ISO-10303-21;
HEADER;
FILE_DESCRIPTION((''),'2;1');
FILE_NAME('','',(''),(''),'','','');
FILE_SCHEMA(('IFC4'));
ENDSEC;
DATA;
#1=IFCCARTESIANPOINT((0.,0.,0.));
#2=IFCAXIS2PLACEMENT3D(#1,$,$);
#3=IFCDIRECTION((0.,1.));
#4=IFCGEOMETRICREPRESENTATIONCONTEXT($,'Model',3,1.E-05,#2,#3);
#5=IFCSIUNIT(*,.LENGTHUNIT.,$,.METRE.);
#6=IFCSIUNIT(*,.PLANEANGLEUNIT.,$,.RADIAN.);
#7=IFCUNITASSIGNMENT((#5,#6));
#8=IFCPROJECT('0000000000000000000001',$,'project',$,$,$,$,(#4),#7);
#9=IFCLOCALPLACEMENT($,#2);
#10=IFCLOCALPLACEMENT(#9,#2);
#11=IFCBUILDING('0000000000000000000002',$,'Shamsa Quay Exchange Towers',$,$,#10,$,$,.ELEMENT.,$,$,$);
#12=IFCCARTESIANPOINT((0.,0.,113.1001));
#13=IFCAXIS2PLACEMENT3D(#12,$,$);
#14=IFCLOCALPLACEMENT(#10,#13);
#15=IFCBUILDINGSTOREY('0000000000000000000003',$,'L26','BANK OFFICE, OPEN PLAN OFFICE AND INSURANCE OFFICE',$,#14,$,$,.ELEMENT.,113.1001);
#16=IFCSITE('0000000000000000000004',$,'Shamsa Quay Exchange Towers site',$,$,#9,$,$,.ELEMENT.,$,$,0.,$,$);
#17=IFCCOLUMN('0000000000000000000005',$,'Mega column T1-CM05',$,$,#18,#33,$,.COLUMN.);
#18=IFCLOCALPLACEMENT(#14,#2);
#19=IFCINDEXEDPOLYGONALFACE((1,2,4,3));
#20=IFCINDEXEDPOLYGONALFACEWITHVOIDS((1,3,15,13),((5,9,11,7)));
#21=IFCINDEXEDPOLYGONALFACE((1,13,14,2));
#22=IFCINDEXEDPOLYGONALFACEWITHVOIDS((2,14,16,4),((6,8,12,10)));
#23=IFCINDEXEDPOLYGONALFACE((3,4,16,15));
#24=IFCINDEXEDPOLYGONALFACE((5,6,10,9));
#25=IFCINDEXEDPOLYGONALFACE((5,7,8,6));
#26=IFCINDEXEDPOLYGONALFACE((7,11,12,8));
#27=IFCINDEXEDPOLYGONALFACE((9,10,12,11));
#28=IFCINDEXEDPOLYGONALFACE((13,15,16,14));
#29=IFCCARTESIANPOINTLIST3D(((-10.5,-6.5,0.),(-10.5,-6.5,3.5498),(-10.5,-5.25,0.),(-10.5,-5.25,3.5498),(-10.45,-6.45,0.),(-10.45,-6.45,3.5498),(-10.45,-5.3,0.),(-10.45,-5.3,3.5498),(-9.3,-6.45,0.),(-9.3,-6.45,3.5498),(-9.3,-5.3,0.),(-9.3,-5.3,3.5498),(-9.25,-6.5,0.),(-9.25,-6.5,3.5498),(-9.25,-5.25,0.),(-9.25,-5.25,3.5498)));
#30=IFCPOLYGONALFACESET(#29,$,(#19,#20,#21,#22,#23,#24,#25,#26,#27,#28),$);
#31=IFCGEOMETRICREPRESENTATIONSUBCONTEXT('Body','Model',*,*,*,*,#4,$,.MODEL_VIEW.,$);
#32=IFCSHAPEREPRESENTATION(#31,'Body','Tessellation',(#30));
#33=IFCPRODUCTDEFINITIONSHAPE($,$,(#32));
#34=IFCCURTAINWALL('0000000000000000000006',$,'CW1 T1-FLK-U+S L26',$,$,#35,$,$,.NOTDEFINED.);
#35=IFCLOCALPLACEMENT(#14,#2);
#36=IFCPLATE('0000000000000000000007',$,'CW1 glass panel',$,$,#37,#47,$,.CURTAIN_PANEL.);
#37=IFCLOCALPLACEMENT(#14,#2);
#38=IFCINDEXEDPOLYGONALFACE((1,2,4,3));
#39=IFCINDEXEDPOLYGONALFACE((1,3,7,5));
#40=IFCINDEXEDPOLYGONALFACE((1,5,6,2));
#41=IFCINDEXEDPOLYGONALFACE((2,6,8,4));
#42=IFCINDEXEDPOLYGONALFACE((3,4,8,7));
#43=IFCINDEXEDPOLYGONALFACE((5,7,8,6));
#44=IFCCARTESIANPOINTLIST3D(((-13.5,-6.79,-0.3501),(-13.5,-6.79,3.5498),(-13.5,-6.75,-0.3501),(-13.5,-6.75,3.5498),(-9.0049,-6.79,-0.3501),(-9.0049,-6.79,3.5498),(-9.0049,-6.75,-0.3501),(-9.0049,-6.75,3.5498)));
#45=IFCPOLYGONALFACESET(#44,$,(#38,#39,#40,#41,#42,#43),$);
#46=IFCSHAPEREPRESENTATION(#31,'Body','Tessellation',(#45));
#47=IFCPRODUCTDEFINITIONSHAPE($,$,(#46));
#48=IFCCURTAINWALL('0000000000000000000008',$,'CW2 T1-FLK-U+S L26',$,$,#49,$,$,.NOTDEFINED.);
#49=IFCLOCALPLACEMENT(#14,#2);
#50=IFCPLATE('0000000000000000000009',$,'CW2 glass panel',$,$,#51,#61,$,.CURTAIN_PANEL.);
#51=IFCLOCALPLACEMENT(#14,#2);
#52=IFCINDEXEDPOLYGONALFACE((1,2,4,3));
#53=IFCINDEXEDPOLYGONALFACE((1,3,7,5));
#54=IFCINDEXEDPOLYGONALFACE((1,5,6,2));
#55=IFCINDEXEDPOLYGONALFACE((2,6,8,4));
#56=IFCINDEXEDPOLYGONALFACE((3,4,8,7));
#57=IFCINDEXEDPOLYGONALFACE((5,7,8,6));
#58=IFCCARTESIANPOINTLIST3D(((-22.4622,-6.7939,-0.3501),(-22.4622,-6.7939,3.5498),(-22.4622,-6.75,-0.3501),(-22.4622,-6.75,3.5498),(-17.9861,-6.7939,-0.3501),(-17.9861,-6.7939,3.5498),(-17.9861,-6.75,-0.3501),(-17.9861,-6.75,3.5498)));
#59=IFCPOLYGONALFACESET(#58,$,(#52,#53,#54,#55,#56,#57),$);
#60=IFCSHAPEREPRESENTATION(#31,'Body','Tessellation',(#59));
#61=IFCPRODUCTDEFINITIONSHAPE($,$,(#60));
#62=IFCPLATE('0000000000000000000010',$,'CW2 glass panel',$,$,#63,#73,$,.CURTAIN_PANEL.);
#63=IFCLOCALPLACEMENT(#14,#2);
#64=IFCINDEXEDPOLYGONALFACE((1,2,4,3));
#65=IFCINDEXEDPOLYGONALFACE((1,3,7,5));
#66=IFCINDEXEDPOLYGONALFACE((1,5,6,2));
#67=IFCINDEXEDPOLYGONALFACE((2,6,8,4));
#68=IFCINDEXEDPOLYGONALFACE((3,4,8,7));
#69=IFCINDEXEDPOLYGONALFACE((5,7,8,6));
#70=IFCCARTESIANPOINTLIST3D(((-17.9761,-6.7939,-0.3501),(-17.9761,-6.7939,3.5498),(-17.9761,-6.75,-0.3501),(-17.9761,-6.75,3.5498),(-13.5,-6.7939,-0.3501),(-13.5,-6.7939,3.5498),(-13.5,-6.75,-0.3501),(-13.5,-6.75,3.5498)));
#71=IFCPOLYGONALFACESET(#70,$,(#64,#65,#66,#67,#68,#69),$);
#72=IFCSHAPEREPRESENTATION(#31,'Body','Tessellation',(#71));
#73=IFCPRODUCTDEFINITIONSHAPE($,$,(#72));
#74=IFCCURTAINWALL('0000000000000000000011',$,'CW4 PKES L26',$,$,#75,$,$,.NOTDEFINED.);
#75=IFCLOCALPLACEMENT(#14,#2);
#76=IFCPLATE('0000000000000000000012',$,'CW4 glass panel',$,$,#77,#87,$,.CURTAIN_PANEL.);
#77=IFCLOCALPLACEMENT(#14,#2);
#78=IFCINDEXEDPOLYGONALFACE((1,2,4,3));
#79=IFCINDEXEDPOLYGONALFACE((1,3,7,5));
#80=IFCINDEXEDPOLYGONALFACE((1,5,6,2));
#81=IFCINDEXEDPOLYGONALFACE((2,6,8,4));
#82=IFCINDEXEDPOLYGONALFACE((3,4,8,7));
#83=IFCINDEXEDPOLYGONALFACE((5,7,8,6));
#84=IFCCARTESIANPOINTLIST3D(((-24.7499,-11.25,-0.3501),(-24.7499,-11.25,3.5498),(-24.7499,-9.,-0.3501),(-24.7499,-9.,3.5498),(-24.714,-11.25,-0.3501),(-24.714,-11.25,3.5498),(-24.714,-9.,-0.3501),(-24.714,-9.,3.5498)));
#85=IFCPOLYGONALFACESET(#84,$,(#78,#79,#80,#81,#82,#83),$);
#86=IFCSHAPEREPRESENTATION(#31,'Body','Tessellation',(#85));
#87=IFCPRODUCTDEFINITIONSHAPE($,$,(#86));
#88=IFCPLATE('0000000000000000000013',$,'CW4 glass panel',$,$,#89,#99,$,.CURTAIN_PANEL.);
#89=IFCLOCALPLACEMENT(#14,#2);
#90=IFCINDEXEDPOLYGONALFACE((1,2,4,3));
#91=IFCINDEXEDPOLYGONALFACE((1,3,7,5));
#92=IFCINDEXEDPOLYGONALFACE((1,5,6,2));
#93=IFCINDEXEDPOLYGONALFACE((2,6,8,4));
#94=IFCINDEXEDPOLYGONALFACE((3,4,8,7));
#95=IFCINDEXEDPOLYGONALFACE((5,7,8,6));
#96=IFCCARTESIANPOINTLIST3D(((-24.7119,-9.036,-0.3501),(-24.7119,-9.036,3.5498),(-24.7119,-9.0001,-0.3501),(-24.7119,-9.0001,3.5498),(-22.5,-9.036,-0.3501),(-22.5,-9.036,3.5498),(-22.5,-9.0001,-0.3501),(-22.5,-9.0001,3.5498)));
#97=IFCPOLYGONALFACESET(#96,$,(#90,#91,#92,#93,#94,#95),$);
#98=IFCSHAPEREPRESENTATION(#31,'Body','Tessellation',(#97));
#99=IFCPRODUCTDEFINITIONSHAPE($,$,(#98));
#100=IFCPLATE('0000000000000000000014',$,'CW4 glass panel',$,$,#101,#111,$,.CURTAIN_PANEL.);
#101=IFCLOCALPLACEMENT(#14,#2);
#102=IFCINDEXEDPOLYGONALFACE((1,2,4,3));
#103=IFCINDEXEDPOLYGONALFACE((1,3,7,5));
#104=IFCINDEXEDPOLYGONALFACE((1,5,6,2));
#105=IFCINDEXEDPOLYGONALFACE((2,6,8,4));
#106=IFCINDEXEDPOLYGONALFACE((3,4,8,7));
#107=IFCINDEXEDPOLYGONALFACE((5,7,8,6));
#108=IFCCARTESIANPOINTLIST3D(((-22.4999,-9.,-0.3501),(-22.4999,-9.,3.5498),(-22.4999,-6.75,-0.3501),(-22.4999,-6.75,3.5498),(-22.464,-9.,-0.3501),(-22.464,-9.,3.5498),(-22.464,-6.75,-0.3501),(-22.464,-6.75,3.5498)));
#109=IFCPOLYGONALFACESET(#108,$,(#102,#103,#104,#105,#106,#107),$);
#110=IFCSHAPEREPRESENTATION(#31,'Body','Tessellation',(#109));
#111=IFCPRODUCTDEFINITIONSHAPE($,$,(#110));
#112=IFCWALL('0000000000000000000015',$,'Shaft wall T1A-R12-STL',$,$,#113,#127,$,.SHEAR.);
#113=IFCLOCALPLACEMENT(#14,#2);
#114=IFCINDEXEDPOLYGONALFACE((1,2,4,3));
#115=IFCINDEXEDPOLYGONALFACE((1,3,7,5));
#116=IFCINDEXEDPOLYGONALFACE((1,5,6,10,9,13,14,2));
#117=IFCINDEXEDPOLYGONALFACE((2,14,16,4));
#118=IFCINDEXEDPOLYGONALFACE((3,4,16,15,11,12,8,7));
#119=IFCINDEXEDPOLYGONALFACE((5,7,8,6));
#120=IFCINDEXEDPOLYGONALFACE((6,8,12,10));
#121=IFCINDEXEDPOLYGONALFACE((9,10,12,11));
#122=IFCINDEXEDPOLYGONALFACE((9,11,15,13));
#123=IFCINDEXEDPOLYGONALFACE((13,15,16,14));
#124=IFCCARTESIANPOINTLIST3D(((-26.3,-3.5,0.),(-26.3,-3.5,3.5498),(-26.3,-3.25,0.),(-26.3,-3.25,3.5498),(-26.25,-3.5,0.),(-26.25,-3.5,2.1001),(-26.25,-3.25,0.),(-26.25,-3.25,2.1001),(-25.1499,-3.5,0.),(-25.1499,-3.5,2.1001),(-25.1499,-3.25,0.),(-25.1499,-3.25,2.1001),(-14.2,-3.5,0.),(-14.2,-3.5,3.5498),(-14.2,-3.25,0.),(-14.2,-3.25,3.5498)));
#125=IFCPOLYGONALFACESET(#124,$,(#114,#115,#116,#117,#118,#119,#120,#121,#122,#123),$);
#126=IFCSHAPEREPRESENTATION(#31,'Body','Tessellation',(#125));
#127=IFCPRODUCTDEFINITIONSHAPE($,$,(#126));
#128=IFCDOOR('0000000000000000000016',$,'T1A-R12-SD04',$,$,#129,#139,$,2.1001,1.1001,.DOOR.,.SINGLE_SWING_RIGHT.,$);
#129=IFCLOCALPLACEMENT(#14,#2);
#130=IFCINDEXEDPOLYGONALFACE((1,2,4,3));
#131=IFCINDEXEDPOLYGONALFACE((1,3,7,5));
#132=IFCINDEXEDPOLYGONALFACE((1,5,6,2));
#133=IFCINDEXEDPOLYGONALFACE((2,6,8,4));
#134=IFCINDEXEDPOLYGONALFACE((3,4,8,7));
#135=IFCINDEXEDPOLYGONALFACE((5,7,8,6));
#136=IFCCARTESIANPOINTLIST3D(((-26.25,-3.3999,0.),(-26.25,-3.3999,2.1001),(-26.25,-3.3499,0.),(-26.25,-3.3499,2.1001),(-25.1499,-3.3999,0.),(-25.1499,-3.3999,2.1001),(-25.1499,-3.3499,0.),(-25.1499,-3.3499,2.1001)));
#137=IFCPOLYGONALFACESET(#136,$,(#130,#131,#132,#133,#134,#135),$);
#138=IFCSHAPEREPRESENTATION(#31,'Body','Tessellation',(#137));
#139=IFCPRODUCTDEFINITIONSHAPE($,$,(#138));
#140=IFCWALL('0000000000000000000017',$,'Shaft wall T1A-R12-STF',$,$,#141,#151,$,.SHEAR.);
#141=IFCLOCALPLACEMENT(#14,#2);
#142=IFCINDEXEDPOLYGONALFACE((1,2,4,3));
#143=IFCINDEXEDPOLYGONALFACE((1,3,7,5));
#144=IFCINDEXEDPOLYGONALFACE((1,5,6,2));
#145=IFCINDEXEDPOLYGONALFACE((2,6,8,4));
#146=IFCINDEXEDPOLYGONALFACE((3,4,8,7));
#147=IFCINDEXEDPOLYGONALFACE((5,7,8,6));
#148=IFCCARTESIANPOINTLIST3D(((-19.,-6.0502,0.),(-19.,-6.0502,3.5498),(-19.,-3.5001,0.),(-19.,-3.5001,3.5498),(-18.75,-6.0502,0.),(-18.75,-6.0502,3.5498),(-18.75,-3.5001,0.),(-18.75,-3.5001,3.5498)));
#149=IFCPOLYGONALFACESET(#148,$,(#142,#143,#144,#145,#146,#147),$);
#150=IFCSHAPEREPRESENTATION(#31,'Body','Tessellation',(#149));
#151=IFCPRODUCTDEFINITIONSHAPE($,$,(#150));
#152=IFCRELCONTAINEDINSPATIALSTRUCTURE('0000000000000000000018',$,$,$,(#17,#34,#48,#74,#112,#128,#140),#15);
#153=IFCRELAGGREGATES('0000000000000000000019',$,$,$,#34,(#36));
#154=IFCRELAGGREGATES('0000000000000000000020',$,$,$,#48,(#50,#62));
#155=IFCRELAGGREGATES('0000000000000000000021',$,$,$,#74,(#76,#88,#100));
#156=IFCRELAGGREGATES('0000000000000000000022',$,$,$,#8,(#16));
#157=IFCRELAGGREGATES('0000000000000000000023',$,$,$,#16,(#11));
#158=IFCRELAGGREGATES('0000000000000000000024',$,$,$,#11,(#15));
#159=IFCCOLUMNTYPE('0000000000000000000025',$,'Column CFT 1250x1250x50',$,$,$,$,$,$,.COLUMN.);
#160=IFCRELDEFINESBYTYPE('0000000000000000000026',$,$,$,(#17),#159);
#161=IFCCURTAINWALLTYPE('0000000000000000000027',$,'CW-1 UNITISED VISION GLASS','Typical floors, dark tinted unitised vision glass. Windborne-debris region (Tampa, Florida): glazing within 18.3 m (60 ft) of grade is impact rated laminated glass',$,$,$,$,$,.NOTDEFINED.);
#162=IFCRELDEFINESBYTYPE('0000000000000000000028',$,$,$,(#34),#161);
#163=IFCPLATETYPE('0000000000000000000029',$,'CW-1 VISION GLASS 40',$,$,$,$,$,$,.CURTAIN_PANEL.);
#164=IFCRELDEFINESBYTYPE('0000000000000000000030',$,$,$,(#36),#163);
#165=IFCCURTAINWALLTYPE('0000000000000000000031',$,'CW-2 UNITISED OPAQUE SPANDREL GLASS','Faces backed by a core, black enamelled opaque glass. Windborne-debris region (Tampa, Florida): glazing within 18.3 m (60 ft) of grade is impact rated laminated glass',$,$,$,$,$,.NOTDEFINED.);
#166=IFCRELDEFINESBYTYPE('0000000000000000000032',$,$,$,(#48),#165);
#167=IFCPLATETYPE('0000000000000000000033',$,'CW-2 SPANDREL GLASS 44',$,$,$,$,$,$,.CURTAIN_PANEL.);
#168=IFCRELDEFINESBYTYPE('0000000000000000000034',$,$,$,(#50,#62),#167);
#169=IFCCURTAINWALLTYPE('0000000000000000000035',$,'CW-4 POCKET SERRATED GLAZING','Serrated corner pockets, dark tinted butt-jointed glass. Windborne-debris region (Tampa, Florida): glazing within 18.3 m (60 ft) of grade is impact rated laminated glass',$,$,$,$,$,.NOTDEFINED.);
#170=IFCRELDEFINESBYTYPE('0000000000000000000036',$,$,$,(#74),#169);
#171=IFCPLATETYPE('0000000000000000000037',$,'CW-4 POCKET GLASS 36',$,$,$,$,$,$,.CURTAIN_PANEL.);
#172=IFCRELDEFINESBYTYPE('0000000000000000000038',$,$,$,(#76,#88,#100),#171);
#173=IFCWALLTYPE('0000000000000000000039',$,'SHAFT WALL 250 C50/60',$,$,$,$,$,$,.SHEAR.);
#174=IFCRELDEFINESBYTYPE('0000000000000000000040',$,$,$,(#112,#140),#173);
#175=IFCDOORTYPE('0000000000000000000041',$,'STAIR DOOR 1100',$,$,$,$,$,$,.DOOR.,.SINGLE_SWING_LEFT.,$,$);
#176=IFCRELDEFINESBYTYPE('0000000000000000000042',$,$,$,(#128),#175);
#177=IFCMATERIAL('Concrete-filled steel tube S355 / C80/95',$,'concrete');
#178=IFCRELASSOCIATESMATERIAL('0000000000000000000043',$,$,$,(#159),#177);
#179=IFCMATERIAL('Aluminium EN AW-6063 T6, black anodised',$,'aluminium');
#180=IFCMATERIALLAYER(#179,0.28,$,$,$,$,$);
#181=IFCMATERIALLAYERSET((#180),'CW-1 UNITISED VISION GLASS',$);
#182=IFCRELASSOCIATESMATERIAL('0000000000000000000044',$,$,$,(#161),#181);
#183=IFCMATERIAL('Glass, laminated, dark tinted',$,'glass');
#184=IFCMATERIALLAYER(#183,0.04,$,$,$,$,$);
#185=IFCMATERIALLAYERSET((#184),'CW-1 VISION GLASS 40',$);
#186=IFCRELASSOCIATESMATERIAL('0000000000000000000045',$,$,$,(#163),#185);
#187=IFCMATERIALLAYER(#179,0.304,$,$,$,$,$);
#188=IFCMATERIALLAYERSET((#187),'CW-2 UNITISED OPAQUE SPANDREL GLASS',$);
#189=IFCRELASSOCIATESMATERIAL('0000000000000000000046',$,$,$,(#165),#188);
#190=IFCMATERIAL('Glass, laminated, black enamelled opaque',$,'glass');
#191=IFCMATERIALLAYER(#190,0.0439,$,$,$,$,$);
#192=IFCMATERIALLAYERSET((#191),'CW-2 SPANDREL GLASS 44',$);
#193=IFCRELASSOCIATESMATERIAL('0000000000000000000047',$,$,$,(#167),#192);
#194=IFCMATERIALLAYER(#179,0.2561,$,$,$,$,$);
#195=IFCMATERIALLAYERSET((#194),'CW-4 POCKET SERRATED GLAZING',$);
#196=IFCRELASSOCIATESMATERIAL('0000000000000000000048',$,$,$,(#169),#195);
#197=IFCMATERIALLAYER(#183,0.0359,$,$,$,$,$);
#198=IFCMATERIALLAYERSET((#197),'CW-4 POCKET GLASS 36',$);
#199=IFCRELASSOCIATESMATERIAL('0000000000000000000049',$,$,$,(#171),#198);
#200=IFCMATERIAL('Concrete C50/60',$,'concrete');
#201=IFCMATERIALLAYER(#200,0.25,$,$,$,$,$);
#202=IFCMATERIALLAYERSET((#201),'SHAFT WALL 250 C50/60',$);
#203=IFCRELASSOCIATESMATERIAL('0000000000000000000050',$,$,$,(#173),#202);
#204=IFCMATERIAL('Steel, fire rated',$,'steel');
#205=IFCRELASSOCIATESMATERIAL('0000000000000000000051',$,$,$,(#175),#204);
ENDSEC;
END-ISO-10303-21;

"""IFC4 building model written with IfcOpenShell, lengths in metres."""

from ifc_helpers import new_model, si_unit, direction, frame, frame_2d, origin, origin_2d, place, context, subcontext, project, spatial, rectangle, hollow_rectangle, extrude, material, layer, layer_set, material_profile, profile_set, type_object, element, fill, aggregate, save


model = new_model("IFC4")

# Units and contexts
model_context = context("Model", 3, precision=1e-05, world=origin(), true_north=direction((0.0, 1.0)))
body_context = subcontext(model_context, "Body", "Model", "MODEL_VIEW")
ifc_project = project(units=[si_unit("LENGTHUNIT", "METRE"), si_unit("PLANEANGLEUNIT", "RADIAN")], contexts=[model_context])

# Site, building, storey
site_placement = place(None, origin())
site = spatial("IfcSite", under=ifc_project, at=site_placement, Name="Shamsa Quay Exchange Towers site", CompositionType="ELEMENT", RefElevation=0.0)
building_placement = place(site_placement, origin())
building = spatial("IfcBuilding", under=site, at=building_placement, Name="Shamsa Quay Exchange Towers", CompositionType="ELEMENT")
storey_placement = place(building_placement, frame((0.0, 0.0, 113.1001)))
storey = spatial("IfcBuildingStorey", under=building, at=storey_placement, Name="L26", Description="BANK OFFICE, OPEN PLAN OFFICE AND INSURANCE OFFICE", CompositionType="ELEMENT", Elevation=113.1001)

# Column
ifc_material_1 = material(Name="Concrete-filled steel tube S355 / C80/95", Category="concrete")
ifc_material_profile_1 = material_profile(ifc_material_1, hollow_rectangle(XDim=1.25, YDim=1.25, WallThickness=0.05, at=origin_2d()), Name="CFT 1250x1250x50")
ifc_profile_set_1 = profile_set([ifc_material_profile_1], Name="Concrete-filled steel tube S355 / C80/95")
column_type = type_object("IfcColumnType", Name="Column CFT 1250x1250x50", PredefinedType="COLUMN", material=ifc_profile_set_1)
column_placement = place(storey_placement, frame((-9.875, -5.875, 0.0)))
element("IfcColumn", 1, at=column_placement, inside=storey, type_object=column_type, Name="Mega column T1-CM05", PredefinedType="COLUMN", context=body_context, shape_type="SweptSolid", body=[
    extrude(hollow_rectangle(XDim=1.25, YDim=1.25, WallThickness=0.05, at=origin_2d()), origin(), (0.0, 0.0, 1.0), 3.5498),
])

# Curtain wall, plate
ifc_material_2 = material(Name="Aluminium EN AW-6063 T6, black anodised", Category="aluminium")
ifc_layer_1 = layer(ifc_material_2, 0.28)
ifc_layer_set_1 = layer_set([ifc_layer_1], Name="CW-1 UNITISED VISION GLASS")
curtain_wall_type_1 = type_object("IfcCurtainWallType", Name="CW-1 UNITISED VISION GLASS", Description="Typical floors, dark tinted unitised vision glass. Windborne-debris region (Tampa, Florida): glazing within 18.3 m (60 ft) of grade is impact rated laminated glass", PredefinedType="NOTDEFINED", material=ifc_layer_set_1)
curtain_wall_1_placement = place(storey_placement, origin())
curtain_wall_1 = element("IfcCurtainWall", 2, at=curtain_wall_1_placement, inside=storey, type_object=curtain_wall_type_1, Name="CW1 T1-FLK-U+S L26", PredefinedType="NOTDEFINED")
ifc_material_3 = material(Name="Glass, laminated, dark tinted", Category="glass")
ifc_layer_2 = layer(ifc_material_3, 0.04)
ifc_layer_set_2 = layer_set([ifc_layer_2], Name="CW-1 VISION GLASS 40")
plate_type_1 = type_object("IfcPlateType", Name="CW-1 VISION GLASS 40", PredefinedType="CURTAIN_PANEL", material=ifc_layer_set_2)
plate_1_placement = place(storey_placement, frame((-11.2524, -6.77, -0.3501)))
plate_1 = element("IfcPlate", 3, at=plate_1_placement, type_object=plate_type_1, Name="CW1 glass panel", PredefinedType="CURTAIN_PANEL", context=body_context, shape_type="SweptSolid", body=[
    extrude(rectangle(XDim=4.4951, YDim=0.04, at=origin_2d()), origin(), (0.0, 0.0, 1.0), 3.8999),
])
aggregate(curtain_wall_1, [plate_1])

# Curtain walls, plates
ifc_layer_3 = layer(ifc_material_2, 0.304)
ifc_layer_set_3 = layer_set([ifc_layer_3], Name="CW-2 UNITISED OPAQUE SPANDREL GLASS")
curtain_wall_type_2 = type_object("IfcCurtainWallType", Name="CW-2 UNITISED OPAQUE SPANDREL GLASS", Description="Faces backed by a core, black enamelled opaque glass. Windborne-debris region (Tampa, Florida): glazing within 18.3 m (60 ft) of grade is impact rated laminated glass", PredefinedType="NOTDEFINED", material=ifc_layer_set_3)
curtain_wall_2_placement = place(storey_placement, origin())
curtain_wall_2 = element("IfcCurtainWall", 4, at=curtain_wall_2_placement, inside=storey, type_object=curtain_wall_type_2, Name="CW2 T1-FLK-U+S L26", PredefinedType="NOTDEFINED")
ifc_material_4 = material(Name="Glass, laminated, black enamelled opaque", Category="glass")
ifc_layer_4 = layer(ifc_material_4, 0.0439)
ifc_layer_set_4 = layer_set([ifc_layer_4], Name="CW-2 SPANDREL GLASS 44")
plate_type_2 = type_object("IfcPlateType", Name="CW-2 SPANDREL GLASS 44", PredefinedType="CURTAIN_PANEL", material=ifc_layer_set_4)
plate_2_placement = place(storey_placement, frame((-20.2241, -6.772, -0.3501)))
plate_2 = element("IfcPlate", 5, at=plate_2_placement, type_object=plate_type_2, Name="CW2 glass panel", PredefinedType="CURTAIN_PANEL", context=body_context, shape_type="SweptSolid", body=[
    extrude(rectangle(XDim=4.4761, YDim=0.0439, at=origin_2d()), origin(), (0.0, 0.0, 1.0), 3.8999),
])
plate_3_placement = place(storey_placement, frame((-15.738, -6.772, -0.3501)))
plate_3 = element("IfcPlate", 6, at=plate_3_placement, type_object=plate_type_2, Name="CW2 glass panel", PredefinedType="CURTAIN_PANEL", context=body_context, shape_type="SweptSolid", body=[
    extrude(rectangle(XDim=4.4761, YDim=0.0439, at=origin_2d()), origin(), (0.0, 0.0, 1.0), 3.8999),
])
aggregate(curtain_wall_2, [plate_2, plate_3])
ifc_layer_5 = layer(ifc_material_2, 0.2561)
ifc_layer_set_5 = layer_set([ifc_layer_5], Name="CW-4 POCKET SERRATED GLAZING")
curtain_wall_type_3 = type_object("IfcCurtainWallType", Name="CW-4 POCKET SERRATED GLAZING", Description="Serrated corner pockets, dark tinted butt-jointed glass. Windborne-debris region (Tampa, Florida): glazing within 18.3 m (60 ft) of grade is impact rated laminated glass", PredefinedType="NOTDEFINED", material=ifc_layer_set_5)
curtain_wall_3_placement = place(storey_placement, origin())
curtain_wall_3 = element("IfcCurtainWall", 7, at=curtain_wall_3_placement, inside=storey, type_object=curtain_wall_type_3, Name="CW4 PKES L26", PredefinedType="NOTDEFINED")
ifc_layer_6 = layer(ifc_material_3, 0.0359)
ifc_layer_set_6 = layer_set([ifc_layer_6], Name="CW-4 POCKET GLASS 36")
plate_type_3 = type_object("IfcPlateType", Name="CW-4 POCKET GLASS 36", PredefinedType="CURTAIN_PANEL", material=ifc_layer_set_6)
plate_4_placement = place(storey_placement, frame((-24.7319, -10.125, -0.3501), z_axis=(0.0, 0.0, 1.0), x_axis=(0.0, 1.0, 0.0)))
plate_4 = element("IfcPlate", 8, at=plate_4_placement, type_object=plate_type_3, Name="CW4 glass panel", PredefinedType="CURTAIN_PANEL", context=body_context, shape_type="SweptSolid", body=[
    extrude(rectangle(XDim=2.25, YDim=0.0359, at=origin_2d()), origin(), (0.0, 0.0, 1.0), 3.8999),
])
plate_5_placement = place(storey_placement, frame((-23.606, -9.0181, -0.3501)))
plate_5 = element("IfcPlate", 9, at=plate_5_placement, type_object=plate_type_3, Name="CW4 glass panel", PredefinedType="CURTAIN_PANEL", context=body_context, shape_type="SweptSolid", body=[
    extrude(rectangle(XDim=2.2119, YDim=0.0359, at=origin_2d()), origin(), (0.0, 0.0, 1.0), 3.8999),
])
plate_6_placement = place(storey_placement, frame((-22.4819, -7.875, -0.3501), z_axis=(0.0, 0.0, 1.0), x_axis=(0.0, 1.0, 0.0)))
plate_6 = element("IfcPlate", 10, at=plate_6_placement, type_object=plate_type_3, Name="CW4 glass panel", PredefinedType="CURTAIN_PANEL", context=body_context, shape_type="SweptSolid", body=[
    extrude(rectangle(XDim=2.25, YDim=0.0359, at=origin_2d()), origin(), (0.0, 0.0, 1.0), 3.8999),
])
aggregate(curtain_wall_3, [plate_4, plate_5, plate_6])

# Wall, opening, door
ifc_material_5 = material(Name="Concrete C50/60", Category="concrete")
ifc_layer_7 = layer(ifc_material_5, 0.25)
ifc_layer_set_7 = layer_set([ifc_layer_7], Name="SHAFT WALL 250 C50/60")
wall_type = type_object("IfcWallType", Name="SHAFT WALL 250 C50/60", PredefinedType="SHEAR", material=ifc_layer_set_7)
wall_1_placement = place(storey_placement, frame((-14.2, -3.375, 0.0), z_axis=(0.0, 0.0, 1.0), x_axis=(-1.0, 0.0, 0.0)))
wall_1 = element("IfcWall", 11, at=wall_1_placement, inside=storey, type_object=wall_type, Name="Shaft wall T1A-R12-STL", PredefinedType="SHEAR", context=body_context, shape_type="SweptSolid", body=[
    extrude(rectangle(XDim=12.1001, YDim=0.25, at=frame_2d((6.05, 0.0))), origin(), (0.0, 0.0, 1.0), 3.5498),
])
opening_1_placement = place(wall_1_placement, frame((10.95, 0.0, 0.0)))
opening_1 = element("IfcOpeningElement", 12, at=opening_1_placement, cuts=wall_1, PredefinedType="OPENING", context=body_context, shape_type="SweptSolid", body=[
    extrude(rectangle(XDim=1.1001, YDim=2.1001, at=frame_2d((0.55, 1.05))), frame((0.0, 0.135, 0.0), z_axis=(0.0, -1.0, 0.0), x_axis=(1.0, 0.0, 0.0)), (0.0, 0.0, 1.0), 0.27),
])
ifc_material_6 = material(Name="Steel, fire rated", Category="steel")
door_type_1 = type_object("IfcDoorType", Name="STAIR DOOR 1100", OperationType="SINGLE_SWING_LEFT", PredefinedType="DOOR", material=ifc_material_6)
door_1_placement = place(opening_1_placement, origin())
door_1 = element("IfcDoor", 13, at=door_1_placement, inside=storey, type_object=door_type_1, Name="T1A-R12-SD04", OperationType="SINGLE_SWING_RIGHT", OverallHeight=2.1001, OverallWidth=1.1001, PredefinedType="DOOR", context=body_context, shape_type="SweptSolid", body=[
    extrude(rectangle(XDim=1.1001, YDim=2.1001, at=frame_2d((0.55, 1.05))), frame((0.0, 0.0249, 0.0), z_axis=(0.0, -1.0, 0.0), x_axis=(1.0, 0.0, 0.0)), (0.0, 0.0, 1.0), 0.05),
])
fill(opening_1, door_1)

# Wall
wall_2_placement = place(storey_placement, frame((-18.875, -6.05, 0.0), z_axis=(0.0, 0.0, 1.0), x_axis=(0.0, 1.0, 0.0)))
element("IfcWall", 14, at=wall_2_placement, inside=storey, type_object=wall_type, Name="Shaft wall T1A-R12-STF", PredefinedType="SHEAR", context=body_context, shape_type="SweptSolid", body=[
    extrude(rectangle(XDim=2.55, YDim=0.25, at=frame_2d((1.2749, 0.0))), origin(), (0.0, 0.0, 1.0), 3.5498),
])

save(model, "model.ifc")
